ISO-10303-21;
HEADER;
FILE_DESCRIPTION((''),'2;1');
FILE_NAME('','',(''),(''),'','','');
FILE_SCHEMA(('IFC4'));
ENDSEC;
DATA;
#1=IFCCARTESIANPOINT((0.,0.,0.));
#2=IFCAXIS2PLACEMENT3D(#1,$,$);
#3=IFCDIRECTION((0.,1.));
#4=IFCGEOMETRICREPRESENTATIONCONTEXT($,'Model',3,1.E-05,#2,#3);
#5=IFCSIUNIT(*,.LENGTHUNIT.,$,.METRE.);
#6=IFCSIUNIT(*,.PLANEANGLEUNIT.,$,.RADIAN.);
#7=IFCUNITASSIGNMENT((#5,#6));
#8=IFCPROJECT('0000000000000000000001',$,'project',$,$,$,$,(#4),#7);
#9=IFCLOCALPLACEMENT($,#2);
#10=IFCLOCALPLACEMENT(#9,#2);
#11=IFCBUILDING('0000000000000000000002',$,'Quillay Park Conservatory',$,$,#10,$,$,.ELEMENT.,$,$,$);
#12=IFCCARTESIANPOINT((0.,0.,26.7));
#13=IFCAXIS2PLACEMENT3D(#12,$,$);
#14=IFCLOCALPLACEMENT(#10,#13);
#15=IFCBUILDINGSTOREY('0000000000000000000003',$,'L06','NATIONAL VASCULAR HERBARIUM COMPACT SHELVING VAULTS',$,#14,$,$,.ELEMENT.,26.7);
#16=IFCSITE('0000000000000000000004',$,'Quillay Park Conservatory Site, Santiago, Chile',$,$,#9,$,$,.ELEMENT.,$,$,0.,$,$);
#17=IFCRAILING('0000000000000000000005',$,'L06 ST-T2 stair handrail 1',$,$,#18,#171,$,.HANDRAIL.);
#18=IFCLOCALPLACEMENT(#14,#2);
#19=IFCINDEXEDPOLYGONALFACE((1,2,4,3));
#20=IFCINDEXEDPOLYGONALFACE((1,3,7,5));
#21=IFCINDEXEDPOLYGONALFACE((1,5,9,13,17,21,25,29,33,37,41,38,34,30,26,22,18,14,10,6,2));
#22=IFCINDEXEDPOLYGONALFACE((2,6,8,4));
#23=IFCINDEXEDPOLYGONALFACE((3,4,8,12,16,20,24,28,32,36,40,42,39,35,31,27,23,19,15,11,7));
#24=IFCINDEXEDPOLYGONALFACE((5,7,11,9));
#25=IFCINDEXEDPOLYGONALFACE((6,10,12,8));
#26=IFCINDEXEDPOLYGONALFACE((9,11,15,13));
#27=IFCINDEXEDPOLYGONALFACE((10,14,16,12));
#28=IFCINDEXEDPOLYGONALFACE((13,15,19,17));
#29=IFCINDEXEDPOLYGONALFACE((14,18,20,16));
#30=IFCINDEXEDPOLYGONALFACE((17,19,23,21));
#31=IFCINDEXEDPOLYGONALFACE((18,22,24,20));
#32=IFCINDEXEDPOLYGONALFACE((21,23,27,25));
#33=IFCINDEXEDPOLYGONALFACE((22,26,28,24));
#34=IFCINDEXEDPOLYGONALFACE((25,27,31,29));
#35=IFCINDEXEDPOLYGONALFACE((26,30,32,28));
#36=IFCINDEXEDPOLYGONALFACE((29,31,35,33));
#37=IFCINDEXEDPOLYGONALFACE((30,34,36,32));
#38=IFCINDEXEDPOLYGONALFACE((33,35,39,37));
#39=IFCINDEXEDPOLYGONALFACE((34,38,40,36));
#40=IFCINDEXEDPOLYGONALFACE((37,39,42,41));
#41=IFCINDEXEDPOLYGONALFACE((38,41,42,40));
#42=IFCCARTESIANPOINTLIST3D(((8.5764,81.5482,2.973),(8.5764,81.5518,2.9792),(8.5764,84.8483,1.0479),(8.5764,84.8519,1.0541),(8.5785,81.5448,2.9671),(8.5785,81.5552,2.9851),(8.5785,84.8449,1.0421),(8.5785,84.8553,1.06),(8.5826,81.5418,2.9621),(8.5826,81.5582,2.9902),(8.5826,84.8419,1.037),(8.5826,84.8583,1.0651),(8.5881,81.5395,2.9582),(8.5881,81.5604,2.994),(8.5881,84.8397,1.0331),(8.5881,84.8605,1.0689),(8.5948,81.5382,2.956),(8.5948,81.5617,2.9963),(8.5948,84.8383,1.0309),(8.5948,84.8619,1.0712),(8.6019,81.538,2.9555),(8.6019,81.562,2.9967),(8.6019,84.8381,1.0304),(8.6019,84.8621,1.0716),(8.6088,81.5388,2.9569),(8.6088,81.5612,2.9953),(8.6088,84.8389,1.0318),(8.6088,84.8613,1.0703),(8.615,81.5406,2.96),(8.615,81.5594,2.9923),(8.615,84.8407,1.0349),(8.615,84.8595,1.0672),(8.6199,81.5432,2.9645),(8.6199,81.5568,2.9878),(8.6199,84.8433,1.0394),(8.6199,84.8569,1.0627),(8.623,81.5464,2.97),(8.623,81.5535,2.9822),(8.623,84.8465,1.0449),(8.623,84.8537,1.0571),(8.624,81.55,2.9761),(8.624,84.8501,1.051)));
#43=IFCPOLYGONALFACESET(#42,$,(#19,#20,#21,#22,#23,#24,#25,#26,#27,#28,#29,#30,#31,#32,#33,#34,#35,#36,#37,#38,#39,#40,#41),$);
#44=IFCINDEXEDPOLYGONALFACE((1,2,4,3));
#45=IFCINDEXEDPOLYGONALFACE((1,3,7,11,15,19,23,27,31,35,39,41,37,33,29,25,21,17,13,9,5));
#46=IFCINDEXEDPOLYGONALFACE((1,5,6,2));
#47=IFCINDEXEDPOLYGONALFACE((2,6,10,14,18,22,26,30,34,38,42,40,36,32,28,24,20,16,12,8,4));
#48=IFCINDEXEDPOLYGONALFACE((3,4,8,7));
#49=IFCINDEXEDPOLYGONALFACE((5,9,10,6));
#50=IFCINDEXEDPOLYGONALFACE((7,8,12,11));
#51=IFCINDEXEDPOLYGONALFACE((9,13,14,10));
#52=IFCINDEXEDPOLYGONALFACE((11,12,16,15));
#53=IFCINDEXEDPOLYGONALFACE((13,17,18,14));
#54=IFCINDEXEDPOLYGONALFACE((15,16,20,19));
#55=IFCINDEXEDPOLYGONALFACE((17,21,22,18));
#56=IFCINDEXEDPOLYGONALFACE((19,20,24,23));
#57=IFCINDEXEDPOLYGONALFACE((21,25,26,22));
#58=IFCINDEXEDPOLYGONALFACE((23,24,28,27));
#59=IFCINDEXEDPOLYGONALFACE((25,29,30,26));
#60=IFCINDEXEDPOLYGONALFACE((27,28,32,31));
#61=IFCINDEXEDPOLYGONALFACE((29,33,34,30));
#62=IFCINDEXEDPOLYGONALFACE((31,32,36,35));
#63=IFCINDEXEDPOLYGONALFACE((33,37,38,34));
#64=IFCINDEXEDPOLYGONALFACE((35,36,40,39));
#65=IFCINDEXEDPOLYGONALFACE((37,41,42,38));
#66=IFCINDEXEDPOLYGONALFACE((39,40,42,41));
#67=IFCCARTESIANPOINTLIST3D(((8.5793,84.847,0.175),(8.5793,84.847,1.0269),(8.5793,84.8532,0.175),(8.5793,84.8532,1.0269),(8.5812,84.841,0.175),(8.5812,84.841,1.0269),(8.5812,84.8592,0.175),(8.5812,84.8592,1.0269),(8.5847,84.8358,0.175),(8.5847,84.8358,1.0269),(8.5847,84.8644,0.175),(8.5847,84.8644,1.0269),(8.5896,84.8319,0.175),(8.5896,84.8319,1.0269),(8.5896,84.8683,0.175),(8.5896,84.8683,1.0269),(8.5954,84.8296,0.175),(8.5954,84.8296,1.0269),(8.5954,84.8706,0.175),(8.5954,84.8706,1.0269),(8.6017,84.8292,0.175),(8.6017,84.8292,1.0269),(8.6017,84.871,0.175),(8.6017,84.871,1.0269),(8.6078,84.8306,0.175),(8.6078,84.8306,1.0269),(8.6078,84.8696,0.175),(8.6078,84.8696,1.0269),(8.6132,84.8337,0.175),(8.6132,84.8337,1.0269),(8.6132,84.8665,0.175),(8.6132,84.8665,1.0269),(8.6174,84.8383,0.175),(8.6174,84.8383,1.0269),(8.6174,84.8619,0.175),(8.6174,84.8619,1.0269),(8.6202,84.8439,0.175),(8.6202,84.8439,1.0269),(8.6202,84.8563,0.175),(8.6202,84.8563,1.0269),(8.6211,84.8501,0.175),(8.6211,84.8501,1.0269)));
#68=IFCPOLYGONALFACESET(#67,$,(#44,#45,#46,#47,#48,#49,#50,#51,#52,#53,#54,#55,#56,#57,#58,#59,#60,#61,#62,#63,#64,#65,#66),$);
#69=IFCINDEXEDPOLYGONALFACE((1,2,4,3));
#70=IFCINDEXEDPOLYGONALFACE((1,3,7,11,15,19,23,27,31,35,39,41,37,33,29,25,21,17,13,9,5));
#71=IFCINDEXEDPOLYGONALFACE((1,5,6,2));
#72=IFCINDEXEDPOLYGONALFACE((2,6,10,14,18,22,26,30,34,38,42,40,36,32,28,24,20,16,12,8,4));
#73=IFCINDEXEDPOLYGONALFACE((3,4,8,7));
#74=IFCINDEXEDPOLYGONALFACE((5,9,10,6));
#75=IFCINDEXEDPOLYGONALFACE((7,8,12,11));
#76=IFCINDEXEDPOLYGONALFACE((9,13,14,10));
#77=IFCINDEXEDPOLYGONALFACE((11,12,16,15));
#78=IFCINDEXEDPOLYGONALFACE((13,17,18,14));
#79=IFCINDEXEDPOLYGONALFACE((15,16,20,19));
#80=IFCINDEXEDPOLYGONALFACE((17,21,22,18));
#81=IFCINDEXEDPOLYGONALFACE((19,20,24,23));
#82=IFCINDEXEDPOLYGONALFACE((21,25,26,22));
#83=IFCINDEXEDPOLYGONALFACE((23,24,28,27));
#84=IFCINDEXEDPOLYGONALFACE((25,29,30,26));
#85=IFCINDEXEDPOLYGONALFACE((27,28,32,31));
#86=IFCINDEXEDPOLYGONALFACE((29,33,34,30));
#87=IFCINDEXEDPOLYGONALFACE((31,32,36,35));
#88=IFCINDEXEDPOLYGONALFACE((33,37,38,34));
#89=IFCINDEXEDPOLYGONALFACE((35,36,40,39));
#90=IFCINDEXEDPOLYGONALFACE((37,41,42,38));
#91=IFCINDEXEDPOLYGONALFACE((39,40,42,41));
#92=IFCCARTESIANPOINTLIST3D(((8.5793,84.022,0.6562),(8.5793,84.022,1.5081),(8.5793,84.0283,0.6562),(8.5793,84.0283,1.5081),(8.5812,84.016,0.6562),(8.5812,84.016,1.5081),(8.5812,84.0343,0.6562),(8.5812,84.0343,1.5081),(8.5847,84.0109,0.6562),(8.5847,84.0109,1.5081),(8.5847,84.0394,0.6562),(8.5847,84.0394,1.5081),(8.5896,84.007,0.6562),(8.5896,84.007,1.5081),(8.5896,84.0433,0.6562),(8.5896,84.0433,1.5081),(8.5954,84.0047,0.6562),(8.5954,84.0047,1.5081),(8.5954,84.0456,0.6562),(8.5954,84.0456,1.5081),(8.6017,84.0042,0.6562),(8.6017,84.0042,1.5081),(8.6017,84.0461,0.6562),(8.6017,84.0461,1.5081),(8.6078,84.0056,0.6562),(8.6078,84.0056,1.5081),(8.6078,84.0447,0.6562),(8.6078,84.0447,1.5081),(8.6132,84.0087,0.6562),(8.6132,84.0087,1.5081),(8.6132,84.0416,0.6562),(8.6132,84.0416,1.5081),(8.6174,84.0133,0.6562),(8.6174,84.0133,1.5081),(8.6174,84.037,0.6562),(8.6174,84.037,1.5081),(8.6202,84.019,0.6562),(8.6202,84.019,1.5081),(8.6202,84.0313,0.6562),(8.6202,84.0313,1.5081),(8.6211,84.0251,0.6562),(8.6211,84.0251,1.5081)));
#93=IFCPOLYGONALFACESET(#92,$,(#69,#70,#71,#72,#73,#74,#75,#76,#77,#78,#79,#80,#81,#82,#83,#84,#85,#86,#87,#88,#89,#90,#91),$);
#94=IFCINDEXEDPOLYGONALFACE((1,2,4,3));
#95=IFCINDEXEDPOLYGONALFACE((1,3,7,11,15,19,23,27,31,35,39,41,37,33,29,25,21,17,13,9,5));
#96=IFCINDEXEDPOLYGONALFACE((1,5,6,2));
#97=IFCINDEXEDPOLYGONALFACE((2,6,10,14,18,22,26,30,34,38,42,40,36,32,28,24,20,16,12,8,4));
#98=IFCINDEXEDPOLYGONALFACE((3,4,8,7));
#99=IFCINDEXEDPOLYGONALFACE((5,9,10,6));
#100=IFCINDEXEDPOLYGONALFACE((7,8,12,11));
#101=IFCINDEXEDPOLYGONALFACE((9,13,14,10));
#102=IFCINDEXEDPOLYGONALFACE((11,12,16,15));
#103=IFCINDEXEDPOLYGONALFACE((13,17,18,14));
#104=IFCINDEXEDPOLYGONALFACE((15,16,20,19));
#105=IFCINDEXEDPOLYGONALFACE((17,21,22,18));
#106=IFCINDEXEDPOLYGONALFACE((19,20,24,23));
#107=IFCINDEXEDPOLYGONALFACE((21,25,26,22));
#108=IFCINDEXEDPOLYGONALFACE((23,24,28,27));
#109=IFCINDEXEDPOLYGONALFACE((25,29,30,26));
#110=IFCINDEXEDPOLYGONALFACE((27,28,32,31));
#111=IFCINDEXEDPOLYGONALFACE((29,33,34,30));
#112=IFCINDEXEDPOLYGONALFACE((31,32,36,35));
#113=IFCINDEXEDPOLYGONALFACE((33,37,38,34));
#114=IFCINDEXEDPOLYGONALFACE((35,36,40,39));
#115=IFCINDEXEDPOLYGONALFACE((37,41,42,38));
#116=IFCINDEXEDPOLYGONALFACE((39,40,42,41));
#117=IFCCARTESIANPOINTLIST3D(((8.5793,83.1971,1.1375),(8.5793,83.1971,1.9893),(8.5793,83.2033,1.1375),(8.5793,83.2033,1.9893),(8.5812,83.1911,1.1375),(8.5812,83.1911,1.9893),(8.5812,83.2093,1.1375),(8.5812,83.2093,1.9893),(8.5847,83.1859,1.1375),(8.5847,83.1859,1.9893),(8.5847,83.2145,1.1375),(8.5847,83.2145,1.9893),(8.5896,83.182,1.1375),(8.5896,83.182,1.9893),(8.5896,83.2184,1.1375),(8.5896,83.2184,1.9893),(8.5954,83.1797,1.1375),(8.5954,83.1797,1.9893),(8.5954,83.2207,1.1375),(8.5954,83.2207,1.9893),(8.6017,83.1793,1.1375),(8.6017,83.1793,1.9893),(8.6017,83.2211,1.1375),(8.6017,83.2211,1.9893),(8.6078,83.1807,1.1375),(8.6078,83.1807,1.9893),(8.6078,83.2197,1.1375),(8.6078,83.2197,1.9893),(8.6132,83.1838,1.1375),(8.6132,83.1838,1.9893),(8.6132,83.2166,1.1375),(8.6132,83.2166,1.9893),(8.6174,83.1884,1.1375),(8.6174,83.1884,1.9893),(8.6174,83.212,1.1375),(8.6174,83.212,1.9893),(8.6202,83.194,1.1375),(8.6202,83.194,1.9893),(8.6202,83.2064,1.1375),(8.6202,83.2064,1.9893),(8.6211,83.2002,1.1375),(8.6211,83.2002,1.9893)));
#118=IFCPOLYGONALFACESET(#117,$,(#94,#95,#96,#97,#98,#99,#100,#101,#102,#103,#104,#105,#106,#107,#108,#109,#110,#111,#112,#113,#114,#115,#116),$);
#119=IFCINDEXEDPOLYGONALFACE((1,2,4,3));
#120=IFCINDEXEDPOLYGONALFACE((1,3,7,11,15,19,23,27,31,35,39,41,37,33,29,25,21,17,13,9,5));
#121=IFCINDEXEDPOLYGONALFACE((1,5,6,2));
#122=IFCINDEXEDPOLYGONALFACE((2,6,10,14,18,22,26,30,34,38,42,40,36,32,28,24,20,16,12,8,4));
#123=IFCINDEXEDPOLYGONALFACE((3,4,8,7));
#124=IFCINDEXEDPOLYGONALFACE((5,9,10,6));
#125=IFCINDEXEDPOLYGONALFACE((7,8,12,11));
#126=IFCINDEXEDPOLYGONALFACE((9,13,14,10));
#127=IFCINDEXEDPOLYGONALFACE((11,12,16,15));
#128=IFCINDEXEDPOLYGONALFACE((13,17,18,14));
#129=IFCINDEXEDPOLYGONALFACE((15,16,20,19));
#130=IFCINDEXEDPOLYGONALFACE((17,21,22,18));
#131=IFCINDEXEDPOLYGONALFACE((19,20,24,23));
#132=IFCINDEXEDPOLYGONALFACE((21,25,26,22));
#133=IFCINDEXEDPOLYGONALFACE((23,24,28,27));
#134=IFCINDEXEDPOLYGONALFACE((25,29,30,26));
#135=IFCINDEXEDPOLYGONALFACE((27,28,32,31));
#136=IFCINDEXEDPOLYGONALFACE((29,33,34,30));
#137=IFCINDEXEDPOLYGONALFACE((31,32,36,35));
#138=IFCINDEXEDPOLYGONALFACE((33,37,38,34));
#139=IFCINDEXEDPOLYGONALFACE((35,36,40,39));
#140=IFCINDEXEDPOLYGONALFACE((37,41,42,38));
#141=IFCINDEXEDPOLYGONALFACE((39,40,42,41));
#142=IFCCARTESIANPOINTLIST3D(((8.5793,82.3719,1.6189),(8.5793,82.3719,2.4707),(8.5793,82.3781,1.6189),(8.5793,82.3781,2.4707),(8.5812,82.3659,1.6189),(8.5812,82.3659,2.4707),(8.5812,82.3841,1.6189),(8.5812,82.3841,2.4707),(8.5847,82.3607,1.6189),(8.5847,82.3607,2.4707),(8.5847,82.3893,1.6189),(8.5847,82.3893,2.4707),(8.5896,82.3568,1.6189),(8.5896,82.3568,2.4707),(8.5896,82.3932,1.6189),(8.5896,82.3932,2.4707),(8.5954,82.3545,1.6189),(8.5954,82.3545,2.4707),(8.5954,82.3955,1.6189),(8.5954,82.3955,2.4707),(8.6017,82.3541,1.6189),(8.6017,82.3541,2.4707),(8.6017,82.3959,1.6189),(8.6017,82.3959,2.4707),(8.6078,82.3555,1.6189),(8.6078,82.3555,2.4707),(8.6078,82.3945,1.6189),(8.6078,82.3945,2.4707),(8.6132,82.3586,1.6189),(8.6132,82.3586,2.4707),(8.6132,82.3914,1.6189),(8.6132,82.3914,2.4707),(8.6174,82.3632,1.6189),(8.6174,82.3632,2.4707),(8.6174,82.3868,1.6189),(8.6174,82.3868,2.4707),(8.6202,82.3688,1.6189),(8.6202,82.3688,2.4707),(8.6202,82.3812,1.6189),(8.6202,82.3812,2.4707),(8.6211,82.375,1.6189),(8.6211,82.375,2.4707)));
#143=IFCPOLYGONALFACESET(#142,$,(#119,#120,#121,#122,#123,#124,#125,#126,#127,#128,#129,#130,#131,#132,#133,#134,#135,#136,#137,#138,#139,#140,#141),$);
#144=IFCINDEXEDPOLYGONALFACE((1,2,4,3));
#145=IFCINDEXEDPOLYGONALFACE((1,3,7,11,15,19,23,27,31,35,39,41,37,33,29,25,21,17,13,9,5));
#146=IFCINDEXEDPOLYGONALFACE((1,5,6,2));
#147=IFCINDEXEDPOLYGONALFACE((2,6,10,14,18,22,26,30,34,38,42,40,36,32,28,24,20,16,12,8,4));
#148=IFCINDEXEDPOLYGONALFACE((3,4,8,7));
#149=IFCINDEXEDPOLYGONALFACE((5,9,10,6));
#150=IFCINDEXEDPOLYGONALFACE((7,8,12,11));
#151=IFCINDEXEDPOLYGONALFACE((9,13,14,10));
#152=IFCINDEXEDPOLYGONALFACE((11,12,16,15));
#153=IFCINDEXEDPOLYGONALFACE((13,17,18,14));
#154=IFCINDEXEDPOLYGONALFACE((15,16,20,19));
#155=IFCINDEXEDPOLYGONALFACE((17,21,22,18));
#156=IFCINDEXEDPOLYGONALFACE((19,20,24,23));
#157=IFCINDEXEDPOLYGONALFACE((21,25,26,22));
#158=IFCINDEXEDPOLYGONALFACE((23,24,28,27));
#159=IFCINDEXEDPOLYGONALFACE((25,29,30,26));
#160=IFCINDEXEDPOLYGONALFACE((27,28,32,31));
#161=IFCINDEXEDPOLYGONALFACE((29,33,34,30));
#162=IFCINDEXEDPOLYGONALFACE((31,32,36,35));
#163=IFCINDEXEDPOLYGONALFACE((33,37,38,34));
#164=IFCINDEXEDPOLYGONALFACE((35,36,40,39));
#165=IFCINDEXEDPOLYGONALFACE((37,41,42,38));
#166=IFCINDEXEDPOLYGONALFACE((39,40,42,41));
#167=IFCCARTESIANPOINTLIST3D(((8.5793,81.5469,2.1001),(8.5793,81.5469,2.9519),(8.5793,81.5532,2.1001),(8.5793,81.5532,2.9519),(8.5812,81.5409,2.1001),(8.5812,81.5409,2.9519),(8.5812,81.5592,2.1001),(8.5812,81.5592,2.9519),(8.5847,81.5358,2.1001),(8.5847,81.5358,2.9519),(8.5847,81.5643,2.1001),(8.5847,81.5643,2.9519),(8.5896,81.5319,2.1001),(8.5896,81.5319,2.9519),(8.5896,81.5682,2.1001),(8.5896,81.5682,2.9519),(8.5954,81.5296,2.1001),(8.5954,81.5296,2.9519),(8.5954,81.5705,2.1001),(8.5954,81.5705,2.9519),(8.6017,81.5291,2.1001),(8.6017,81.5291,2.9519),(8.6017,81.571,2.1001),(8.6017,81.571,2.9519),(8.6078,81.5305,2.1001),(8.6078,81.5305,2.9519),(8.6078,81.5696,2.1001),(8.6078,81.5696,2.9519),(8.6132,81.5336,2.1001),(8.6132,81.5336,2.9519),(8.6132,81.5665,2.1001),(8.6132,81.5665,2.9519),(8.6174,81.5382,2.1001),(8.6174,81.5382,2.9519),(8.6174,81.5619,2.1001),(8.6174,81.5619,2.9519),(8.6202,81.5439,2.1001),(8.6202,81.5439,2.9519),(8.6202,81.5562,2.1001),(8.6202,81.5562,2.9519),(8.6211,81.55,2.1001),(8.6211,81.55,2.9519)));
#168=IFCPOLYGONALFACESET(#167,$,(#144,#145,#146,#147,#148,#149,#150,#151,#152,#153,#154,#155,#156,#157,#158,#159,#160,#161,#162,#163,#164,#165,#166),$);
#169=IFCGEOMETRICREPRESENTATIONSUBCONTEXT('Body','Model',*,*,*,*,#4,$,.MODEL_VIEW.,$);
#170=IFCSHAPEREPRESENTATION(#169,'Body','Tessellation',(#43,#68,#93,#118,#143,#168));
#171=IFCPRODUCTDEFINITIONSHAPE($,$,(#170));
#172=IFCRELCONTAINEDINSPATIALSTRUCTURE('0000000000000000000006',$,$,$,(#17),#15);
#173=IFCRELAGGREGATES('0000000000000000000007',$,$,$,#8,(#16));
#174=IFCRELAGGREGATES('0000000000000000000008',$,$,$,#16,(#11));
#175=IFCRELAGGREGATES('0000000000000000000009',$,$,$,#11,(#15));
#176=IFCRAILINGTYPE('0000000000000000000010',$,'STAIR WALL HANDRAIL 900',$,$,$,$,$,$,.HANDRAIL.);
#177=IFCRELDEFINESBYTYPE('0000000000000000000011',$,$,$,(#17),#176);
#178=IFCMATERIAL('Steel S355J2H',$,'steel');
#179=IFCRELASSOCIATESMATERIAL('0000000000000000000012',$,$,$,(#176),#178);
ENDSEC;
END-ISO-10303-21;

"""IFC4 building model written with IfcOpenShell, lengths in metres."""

from ifc_helpers import new_model, si_unit, direction, frame, origin, origin_2d, place, context, subcontext, project, spatial, circle, extrude, material, type_object, element, save


model = new_model("IFC4")

# Units and contexts
model_context = context("Model", 3, precision=1e-05, world=origin(), true_north=direction((0.0, 1.0)))
body_context = subcontext(model_context, "Body", "Model", "MODEL_VIEW")
ifc_project = project(units=[si_unit("LENGTHUNIT", "METRE"), si_unit("PLANEANGLEUNIT", "RADIAN")], contexts=[model_context])

# Site, building, storey
site_placement = place(None, origin())
site = spatial("IfcSite", under=ifc_project, at=site_placement, Name="Quillay Park Conservatory Site, Santiago, Chile", CompositionType="ELEMENT", RefElevation=0.0)
building_placement = place(site_placement, origin())
building = spatial("IfcBuilding", under=site, at=building_placement, Name="Quillay Park Conservatory", CompositionType="ELEMENT")
storey_placement = place(building_placement, frame((0.0, 0.0, 26.7)))
storey = spatial("IfcBuildingStorey", under=building, at=storey_placement, Name="L06", Description="NATIONAL VASCULAR HERBARIUM COMPACT SHELVING VAULTS", CompositionType="ELEMENT", Elevation=26.7)

# Railing
ifc_material_1 = material(Name="Steel S355J2H", Category="steel")
railing_type_1 = type_object("IfcRailingType", Name="STAIR WALL HANDRAIL 900", PredefinedType="HANDRAIL", material=ifc_material_1)
railing_1_placement = place(storey_placement, frame((8.6001, 84.8501, 0.175)))
element("IfcRailing", 1, at=railing_1_placement, inside=storey, type_object=railing_type_1, Name="L06 ST-T2 stair handrail 1", PredefinedType="HANDRAIL", context=body_context, shape_type="SweptSolid", body=[
    extrude(circle(Radius=0.0239, at=origin_2d()), frame((0.0, 0.0, 0.876), z_axis=(0.0, -0.863777, 0.503875), x_axis=(1.0, 0.0, 0.0)), (0.0, 0.0, 1.0), 3.8206),
    extrude(circle(Radius=0.021, at=origin_2d()), origin(), (0.0, 0.0, 1.0), 0.8518),
    extrude(circle(Radius=0.021, at=origin_2d()), frame((0.0, -0.825, 0.4812)), (0.0, 0.0, 1.0), 0.8518),
    extrude(circle(Radius=0.021, at=origin_2d()), frame((0.0, -1.6499, 0.9624)), (0.0, 0.0, 1.0), 0.8518),
    extrude(circle(Radius=0.021, at=origin_2d()), frame((0.0, -2.4751, 1.4438)), (0.0, 0.0, 1.0), 0.8518),
    extrude(circle(Radius=0.021, at=origin_2d()), frame((0.0, -3.3, 1.925)), (0.0, 0.0, 1.0), 0.8518),
])

save(model, "model.ifc")
